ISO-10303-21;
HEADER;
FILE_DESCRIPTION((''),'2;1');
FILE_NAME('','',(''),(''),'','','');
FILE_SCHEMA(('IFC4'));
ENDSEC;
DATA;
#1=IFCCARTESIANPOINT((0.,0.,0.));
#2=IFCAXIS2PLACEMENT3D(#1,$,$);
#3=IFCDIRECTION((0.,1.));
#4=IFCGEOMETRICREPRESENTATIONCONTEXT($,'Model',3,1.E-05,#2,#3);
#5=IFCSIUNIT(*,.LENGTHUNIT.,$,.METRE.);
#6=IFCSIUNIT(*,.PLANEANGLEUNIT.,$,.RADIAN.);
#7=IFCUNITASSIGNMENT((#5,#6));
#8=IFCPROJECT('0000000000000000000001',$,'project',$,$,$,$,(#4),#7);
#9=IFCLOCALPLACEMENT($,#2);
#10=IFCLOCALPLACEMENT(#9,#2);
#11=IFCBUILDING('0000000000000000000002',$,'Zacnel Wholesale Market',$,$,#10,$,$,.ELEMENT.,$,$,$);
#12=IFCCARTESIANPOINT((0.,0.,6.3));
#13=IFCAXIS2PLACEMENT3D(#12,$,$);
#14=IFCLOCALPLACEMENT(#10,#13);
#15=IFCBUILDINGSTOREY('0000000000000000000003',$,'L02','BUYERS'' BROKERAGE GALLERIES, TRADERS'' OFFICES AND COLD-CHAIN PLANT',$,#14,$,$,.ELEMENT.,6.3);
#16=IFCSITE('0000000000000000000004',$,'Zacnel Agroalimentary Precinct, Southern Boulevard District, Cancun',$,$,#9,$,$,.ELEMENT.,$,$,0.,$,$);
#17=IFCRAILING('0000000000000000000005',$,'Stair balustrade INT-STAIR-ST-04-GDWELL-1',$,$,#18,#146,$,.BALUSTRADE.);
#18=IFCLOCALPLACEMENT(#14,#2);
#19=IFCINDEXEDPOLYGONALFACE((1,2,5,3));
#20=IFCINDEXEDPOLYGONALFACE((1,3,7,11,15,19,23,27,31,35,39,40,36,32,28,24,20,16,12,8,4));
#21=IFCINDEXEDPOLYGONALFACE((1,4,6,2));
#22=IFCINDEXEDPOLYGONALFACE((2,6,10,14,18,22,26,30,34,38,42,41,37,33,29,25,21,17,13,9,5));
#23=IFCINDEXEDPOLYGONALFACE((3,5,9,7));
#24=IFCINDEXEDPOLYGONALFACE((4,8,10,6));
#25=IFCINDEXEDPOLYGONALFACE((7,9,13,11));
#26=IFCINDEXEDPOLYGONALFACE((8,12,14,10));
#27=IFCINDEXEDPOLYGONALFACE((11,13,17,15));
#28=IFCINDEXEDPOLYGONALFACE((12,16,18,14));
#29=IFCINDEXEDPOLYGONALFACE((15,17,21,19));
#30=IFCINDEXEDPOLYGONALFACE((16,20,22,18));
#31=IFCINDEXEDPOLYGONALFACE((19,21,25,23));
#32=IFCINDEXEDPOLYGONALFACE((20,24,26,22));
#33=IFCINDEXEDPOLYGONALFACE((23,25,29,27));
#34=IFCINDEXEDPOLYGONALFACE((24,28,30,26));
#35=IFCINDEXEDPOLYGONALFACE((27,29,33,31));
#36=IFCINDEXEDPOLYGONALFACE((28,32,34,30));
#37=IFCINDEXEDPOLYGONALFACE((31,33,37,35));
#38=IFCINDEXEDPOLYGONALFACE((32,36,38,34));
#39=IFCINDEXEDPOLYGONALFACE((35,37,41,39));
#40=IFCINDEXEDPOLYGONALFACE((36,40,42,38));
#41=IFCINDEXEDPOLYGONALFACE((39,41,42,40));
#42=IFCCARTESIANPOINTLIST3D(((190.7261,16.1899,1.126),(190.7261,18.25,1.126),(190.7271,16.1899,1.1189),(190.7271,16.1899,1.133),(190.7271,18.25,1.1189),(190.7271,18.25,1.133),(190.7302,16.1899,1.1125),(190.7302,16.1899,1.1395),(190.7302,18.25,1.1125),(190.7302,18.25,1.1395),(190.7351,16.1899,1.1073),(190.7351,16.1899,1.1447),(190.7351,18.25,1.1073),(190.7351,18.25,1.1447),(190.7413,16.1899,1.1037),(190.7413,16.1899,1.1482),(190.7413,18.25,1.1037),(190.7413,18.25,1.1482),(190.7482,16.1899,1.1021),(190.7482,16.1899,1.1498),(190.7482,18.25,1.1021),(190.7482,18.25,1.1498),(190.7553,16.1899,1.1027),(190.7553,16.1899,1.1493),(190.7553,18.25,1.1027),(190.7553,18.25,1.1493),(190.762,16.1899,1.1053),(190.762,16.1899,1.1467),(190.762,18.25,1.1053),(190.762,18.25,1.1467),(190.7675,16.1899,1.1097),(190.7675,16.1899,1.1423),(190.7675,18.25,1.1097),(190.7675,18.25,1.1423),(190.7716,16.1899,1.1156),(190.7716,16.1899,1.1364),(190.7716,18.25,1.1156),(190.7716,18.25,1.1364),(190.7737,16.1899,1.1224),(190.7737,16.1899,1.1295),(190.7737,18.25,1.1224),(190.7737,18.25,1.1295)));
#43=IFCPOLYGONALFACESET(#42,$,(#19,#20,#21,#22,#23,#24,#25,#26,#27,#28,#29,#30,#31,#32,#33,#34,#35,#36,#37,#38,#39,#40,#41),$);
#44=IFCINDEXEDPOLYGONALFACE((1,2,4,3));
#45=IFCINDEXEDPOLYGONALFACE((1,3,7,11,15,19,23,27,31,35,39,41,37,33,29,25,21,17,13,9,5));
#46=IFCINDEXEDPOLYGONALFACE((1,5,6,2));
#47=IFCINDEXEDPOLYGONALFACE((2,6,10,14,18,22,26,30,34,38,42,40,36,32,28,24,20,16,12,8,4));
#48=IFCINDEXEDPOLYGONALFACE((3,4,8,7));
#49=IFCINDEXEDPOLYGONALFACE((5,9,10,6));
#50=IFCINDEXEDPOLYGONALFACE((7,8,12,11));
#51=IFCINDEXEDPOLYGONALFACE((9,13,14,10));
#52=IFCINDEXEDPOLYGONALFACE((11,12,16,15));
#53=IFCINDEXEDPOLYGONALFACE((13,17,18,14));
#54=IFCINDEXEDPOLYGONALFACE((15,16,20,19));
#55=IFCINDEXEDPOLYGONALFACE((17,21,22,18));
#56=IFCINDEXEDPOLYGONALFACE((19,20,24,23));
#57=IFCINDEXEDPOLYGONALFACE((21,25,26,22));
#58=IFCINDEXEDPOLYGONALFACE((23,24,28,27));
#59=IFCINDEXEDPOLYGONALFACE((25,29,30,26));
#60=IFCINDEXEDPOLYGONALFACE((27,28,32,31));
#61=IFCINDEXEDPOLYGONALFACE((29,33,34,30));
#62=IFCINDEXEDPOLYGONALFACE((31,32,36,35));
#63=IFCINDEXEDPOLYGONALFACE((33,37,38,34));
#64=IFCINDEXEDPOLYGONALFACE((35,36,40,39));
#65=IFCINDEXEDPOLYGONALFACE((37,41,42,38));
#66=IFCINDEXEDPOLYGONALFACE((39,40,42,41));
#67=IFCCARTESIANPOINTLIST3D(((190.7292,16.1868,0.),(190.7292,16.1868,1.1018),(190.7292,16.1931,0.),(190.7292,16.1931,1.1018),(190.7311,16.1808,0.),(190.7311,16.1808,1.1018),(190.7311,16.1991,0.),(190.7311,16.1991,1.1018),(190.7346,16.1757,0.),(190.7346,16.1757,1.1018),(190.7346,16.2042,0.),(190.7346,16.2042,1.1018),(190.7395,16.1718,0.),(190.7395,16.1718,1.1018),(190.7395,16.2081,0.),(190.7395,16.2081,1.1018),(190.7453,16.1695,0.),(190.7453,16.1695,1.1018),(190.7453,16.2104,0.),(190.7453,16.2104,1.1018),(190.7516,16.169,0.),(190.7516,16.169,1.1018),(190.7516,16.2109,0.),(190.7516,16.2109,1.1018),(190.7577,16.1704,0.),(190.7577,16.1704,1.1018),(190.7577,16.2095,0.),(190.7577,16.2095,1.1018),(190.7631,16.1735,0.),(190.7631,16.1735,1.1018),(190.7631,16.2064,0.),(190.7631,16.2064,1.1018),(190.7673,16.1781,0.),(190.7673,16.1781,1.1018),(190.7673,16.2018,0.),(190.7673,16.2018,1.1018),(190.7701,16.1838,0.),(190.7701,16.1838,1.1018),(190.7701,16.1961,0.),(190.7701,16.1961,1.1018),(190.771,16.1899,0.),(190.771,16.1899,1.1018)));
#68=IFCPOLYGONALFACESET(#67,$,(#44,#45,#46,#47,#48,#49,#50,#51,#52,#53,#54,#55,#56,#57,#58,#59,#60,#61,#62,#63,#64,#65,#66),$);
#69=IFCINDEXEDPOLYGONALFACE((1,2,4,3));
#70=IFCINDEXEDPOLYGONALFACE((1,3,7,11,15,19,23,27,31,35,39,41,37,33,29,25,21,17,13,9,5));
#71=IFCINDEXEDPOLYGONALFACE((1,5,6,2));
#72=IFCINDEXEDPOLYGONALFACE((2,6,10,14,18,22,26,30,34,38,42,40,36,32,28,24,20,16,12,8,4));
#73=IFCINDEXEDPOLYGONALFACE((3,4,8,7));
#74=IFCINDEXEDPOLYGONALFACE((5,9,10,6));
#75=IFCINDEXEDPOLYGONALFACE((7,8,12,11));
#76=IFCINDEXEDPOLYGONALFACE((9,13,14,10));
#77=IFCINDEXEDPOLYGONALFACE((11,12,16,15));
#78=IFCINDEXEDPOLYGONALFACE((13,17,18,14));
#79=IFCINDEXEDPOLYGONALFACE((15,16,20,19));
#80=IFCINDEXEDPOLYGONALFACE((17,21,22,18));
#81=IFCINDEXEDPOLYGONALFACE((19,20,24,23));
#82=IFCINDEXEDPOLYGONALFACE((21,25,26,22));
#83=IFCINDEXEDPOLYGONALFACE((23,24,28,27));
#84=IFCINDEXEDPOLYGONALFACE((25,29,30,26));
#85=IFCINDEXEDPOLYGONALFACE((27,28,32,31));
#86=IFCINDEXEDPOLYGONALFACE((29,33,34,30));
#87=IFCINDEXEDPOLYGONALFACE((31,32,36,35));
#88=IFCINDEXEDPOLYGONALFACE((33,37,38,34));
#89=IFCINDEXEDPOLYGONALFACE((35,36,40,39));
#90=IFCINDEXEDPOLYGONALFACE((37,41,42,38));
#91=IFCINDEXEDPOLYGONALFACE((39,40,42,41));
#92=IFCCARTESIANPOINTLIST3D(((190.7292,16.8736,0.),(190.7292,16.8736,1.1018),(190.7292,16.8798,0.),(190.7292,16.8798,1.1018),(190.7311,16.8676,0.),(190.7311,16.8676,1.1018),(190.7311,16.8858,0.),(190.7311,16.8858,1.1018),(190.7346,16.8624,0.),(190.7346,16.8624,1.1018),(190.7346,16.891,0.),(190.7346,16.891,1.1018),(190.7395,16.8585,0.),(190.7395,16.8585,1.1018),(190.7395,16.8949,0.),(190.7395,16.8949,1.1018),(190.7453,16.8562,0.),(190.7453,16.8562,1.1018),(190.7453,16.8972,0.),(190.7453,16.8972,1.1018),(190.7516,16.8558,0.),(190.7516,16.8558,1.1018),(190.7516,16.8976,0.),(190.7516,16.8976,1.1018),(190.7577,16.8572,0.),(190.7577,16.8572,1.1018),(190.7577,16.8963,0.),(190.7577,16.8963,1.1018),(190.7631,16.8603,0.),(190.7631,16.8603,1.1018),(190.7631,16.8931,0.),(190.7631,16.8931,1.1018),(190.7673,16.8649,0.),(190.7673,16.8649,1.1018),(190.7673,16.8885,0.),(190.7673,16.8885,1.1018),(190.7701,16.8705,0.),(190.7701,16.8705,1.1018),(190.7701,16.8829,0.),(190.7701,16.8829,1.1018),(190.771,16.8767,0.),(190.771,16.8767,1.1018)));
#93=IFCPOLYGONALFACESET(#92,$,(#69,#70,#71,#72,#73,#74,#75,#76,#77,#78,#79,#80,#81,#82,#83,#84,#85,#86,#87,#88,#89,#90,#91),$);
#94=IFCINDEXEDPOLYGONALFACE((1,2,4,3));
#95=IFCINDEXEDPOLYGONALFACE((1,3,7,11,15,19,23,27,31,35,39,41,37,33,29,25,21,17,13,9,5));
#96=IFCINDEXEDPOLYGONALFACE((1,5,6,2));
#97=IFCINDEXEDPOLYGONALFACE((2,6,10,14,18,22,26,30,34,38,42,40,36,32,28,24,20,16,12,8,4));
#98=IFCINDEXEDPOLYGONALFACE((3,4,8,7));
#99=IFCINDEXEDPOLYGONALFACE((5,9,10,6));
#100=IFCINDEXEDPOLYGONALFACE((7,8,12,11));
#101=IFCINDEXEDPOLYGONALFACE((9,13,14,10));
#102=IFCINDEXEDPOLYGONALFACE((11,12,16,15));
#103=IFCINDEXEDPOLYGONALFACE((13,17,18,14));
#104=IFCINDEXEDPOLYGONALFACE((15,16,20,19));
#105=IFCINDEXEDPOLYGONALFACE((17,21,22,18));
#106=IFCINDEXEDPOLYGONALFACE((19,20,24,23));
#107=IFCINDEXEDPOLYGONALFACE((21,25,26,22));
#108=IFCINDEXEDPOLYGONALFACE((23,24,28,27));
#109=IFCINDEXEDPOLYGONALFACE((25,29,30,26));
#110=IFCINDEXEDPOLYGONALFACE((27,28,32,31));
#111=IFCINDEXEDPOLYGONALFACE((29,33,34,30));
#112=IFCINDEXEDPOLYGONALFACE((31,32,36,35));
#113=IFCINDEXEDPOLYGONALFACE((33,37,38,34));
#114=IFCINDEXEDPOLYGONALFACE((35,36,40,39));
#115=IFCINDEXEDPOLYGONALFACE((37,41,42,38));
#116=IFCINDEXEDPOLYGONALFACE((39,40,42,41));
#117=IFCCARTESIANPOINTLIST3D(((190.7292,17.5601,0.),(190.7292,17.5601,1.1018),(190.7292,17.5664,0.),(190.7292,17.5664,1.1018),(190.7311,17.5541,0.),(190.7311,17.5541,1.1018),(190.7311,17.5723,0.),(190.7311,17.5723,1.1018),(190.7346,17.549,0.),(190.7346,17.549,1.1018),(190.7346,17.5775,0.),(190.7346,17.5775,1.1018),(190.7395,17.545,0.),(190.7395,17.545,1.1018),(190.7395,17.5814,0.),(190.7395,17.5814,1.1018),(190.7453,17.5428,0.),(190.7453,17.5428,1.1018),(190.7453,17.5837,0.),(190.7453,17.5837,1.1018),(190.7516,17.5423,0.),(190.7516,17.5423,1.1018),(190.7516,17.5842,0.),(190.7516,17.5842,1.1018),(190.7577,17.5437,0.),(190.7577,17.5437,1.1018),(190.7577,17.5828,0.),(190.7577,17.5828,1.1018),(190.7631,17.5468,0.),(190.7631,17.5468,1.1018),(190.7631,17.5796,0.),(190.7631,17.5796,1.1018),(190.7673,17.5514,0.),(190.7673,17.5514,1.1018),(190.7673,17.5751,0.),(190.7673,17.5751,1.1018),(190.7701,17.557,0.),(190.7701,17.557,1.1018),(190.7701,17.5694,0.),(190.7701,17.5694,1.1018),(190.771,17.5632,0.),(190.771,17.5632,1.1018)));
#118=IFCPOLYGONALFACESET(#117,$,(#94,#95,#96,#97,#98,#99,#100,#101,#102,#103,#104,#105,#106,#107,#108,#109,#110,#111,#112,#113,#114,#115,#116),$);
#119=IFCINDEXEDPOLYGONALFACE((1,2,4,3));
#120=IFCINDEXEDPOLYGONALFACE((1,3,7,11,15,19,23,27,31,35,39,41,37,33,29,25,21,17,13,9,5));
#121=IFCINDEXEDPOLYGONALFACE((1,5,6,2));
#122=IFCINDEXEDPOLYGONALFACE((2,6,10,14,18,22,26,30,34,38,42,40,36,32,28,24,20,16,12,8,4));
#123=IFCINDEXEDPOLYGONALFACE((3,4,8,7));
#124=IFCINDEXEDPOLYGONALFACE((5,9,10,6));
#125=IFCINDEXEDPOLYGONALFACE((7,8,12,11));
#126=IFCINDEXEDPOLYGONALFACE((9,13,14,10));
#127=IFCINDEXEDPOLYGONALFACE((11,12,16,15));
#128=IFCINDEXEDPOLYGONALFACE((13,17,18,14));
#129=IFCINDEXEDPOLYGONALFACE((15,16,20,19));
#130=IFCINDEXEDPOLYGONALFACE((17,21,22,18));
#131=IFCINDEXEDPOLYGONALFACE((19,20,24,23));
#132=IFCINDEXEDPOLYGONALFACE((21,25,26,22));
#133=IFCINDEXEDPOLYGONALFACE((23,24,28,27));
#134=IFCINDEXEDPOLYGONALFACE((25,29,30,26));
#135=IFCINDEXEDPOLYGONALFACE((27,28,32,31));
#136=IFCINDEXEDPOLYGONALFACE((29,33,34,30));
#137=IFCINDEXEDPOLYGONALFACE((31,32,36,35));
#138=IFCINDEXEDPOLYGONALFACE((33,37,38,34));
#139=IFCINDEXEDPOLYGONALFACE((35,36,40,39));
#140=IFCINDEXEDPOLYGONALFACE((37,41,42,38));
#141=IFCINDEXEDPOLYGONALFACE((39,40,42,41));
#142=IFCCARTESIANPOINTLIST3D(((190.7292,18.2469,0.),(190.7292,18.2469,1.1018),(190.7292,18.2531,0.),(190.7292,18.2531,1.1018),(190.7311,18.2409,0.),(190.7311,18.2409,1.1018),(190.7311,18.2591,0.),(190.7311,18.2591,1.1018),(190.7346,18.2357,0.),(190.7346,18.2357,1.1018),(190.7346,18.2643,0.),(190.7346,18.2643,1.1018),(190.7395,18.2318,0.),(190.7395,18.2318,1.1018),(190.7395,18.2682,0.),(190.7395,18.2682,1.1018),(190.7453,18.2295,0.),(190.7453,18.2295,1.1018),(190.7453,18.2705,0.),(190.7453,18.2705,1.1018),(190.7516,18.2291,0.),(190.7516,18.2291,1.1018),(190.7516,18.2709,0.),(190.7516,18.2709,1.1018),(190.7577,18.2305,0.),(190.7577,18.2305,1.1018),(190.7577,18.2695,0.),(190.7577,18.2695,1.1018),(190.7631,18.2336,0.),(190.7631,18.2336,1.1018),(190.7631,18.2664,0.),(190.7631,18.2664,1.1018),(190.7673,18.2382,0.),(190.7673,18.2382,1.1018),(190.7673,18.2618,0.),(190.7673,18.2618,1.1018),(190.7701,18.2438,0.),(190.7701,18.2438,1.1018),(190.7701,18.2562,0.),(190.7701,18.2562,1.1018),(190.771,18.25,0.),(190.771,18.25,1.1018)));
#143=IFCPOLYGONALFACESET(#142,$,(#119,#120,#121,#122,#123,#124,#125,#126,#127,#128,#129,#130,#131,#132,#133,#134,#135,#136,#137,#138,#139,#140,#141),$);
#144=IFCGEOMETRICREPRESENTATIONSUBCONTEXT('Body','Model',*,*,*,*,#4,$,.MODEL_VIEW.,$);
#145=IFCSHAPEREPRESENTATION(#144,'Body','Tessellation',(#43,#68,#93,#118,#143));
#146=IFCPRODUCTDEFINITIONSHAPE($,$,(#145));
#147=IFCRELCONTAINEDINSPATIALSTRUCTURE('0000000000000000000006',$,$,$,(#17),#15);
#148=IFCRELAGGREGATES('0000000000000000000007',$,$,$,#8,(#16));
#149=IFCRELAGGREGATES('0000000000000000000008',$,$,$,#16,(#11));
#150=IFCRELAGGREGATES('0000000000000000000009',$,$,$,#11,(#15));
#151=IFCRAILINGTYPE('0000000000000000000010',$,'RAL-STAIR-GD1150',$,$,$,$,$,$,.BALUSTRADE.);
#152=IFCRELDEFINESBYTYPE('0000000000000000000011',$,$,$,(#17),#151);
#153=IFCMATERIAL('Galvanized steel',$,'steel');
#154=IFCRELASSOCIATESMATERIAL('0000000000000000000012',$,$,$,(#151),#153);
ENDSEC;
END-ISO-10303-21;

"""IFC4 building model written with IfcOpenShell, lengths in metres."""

from ifc_helpers import new_model, si_unit, direction, frame, origin, origin_2d, place, context, subcontext, project, spatial, circle, extrude, material, type_object, element, save


model = new_model("IFC4")

# Units and contexts
model_context = context("Model", 3, precision=1e-05, world=origin(), true_north=direction((0.0, 1.0)))
body_context = subcontext(model_context, "Body", "Model", "MODEL_VIEW")
ifc_project = project(units=[si_unit("LENGTHUNIT", "METRE"), si_unit("PLANEANGLEUNIT", "RADIAN")], contexts=[model_context])

# Site, building, storey
site_placement = place(None, origin())
site = spatial("IfcSite", under=ifc_project, at=site_placement, Name="Zacnel Agroalimentary Precinct, Southern Boulevard District, Cancun", CompositionType="ELEMENT", RefElevation=0.0)
building_placement = place(site_placement, origin())
building = spatial("IfcBuilding", under=site, at=building_placement, Name="Zacnel Wholesale Market", CompositionType="ELEMENT")
storey_placement = place(building_placement, frame((0.0, 0.0, 6.3)))
storey = spatial("IfcBuildingStorey", under=building, at=storey_placement, Name="L02", Description="BUYERS' BROKERAGE GALLERIES, TRADERS' OFFICES AND COLD-CHAIN PLANT", CompositionType="ELEMENT", Elevation=6.3)

# Railing
ifc_material_1 = material(Name="Galvanized steel", Category="steel")
railing_type_1 = type_object("IfcRailingType", Name="RAL-STAIR-GD1150", PredefinedType="BALUSTRADE", material=ifc_material_1)
railing_1_placement = place(storey_placement, frame((190.75, 16.1899, 0.0)))
element("IfcRailing", 1, at=railing_1_placement, inside=storey, type_object=railing_type_1, Name="Stair balustrade INT-STAIR-ST-04-GDWELL-1", PredefinedType="BALUSTRADE", context=body_context, shape_type="SweptSolid", body=[
    extrude(circle(Radius=0.0239, at=origin_2d()), frame((0.0, 0.0, 1.126), z_axis=(0.0, 1.0, 0.0), x_axis=(-1.0, 0.0, 0.0)), (0.0, 0.0, 1.0), 2.0601),
    extrude(circle(Radius=0.021, at=origin_2d()), origin(), (0.0, 0.0, 1.0), 1.1018),
    extrude(circle(Radius=0.021, at=origin_2d()), frame((0.0, 0.6868, 0.0)), (0.0, 0.0, 1.0), 1.1018),
    extrude(circle(Radius=0.021, at=origin_2d()), frame((0.0, 1.3733, 0.0)), (0.0, 0.0, 1.0), 1.1018),
    extrude(circle(Radius=0.021, at=origin_2d()), frame((0.0, 2.0601, 0.0)), (0.0, 0.0, 1.0), 1.1018),
])

save(model, "model.ifc")
